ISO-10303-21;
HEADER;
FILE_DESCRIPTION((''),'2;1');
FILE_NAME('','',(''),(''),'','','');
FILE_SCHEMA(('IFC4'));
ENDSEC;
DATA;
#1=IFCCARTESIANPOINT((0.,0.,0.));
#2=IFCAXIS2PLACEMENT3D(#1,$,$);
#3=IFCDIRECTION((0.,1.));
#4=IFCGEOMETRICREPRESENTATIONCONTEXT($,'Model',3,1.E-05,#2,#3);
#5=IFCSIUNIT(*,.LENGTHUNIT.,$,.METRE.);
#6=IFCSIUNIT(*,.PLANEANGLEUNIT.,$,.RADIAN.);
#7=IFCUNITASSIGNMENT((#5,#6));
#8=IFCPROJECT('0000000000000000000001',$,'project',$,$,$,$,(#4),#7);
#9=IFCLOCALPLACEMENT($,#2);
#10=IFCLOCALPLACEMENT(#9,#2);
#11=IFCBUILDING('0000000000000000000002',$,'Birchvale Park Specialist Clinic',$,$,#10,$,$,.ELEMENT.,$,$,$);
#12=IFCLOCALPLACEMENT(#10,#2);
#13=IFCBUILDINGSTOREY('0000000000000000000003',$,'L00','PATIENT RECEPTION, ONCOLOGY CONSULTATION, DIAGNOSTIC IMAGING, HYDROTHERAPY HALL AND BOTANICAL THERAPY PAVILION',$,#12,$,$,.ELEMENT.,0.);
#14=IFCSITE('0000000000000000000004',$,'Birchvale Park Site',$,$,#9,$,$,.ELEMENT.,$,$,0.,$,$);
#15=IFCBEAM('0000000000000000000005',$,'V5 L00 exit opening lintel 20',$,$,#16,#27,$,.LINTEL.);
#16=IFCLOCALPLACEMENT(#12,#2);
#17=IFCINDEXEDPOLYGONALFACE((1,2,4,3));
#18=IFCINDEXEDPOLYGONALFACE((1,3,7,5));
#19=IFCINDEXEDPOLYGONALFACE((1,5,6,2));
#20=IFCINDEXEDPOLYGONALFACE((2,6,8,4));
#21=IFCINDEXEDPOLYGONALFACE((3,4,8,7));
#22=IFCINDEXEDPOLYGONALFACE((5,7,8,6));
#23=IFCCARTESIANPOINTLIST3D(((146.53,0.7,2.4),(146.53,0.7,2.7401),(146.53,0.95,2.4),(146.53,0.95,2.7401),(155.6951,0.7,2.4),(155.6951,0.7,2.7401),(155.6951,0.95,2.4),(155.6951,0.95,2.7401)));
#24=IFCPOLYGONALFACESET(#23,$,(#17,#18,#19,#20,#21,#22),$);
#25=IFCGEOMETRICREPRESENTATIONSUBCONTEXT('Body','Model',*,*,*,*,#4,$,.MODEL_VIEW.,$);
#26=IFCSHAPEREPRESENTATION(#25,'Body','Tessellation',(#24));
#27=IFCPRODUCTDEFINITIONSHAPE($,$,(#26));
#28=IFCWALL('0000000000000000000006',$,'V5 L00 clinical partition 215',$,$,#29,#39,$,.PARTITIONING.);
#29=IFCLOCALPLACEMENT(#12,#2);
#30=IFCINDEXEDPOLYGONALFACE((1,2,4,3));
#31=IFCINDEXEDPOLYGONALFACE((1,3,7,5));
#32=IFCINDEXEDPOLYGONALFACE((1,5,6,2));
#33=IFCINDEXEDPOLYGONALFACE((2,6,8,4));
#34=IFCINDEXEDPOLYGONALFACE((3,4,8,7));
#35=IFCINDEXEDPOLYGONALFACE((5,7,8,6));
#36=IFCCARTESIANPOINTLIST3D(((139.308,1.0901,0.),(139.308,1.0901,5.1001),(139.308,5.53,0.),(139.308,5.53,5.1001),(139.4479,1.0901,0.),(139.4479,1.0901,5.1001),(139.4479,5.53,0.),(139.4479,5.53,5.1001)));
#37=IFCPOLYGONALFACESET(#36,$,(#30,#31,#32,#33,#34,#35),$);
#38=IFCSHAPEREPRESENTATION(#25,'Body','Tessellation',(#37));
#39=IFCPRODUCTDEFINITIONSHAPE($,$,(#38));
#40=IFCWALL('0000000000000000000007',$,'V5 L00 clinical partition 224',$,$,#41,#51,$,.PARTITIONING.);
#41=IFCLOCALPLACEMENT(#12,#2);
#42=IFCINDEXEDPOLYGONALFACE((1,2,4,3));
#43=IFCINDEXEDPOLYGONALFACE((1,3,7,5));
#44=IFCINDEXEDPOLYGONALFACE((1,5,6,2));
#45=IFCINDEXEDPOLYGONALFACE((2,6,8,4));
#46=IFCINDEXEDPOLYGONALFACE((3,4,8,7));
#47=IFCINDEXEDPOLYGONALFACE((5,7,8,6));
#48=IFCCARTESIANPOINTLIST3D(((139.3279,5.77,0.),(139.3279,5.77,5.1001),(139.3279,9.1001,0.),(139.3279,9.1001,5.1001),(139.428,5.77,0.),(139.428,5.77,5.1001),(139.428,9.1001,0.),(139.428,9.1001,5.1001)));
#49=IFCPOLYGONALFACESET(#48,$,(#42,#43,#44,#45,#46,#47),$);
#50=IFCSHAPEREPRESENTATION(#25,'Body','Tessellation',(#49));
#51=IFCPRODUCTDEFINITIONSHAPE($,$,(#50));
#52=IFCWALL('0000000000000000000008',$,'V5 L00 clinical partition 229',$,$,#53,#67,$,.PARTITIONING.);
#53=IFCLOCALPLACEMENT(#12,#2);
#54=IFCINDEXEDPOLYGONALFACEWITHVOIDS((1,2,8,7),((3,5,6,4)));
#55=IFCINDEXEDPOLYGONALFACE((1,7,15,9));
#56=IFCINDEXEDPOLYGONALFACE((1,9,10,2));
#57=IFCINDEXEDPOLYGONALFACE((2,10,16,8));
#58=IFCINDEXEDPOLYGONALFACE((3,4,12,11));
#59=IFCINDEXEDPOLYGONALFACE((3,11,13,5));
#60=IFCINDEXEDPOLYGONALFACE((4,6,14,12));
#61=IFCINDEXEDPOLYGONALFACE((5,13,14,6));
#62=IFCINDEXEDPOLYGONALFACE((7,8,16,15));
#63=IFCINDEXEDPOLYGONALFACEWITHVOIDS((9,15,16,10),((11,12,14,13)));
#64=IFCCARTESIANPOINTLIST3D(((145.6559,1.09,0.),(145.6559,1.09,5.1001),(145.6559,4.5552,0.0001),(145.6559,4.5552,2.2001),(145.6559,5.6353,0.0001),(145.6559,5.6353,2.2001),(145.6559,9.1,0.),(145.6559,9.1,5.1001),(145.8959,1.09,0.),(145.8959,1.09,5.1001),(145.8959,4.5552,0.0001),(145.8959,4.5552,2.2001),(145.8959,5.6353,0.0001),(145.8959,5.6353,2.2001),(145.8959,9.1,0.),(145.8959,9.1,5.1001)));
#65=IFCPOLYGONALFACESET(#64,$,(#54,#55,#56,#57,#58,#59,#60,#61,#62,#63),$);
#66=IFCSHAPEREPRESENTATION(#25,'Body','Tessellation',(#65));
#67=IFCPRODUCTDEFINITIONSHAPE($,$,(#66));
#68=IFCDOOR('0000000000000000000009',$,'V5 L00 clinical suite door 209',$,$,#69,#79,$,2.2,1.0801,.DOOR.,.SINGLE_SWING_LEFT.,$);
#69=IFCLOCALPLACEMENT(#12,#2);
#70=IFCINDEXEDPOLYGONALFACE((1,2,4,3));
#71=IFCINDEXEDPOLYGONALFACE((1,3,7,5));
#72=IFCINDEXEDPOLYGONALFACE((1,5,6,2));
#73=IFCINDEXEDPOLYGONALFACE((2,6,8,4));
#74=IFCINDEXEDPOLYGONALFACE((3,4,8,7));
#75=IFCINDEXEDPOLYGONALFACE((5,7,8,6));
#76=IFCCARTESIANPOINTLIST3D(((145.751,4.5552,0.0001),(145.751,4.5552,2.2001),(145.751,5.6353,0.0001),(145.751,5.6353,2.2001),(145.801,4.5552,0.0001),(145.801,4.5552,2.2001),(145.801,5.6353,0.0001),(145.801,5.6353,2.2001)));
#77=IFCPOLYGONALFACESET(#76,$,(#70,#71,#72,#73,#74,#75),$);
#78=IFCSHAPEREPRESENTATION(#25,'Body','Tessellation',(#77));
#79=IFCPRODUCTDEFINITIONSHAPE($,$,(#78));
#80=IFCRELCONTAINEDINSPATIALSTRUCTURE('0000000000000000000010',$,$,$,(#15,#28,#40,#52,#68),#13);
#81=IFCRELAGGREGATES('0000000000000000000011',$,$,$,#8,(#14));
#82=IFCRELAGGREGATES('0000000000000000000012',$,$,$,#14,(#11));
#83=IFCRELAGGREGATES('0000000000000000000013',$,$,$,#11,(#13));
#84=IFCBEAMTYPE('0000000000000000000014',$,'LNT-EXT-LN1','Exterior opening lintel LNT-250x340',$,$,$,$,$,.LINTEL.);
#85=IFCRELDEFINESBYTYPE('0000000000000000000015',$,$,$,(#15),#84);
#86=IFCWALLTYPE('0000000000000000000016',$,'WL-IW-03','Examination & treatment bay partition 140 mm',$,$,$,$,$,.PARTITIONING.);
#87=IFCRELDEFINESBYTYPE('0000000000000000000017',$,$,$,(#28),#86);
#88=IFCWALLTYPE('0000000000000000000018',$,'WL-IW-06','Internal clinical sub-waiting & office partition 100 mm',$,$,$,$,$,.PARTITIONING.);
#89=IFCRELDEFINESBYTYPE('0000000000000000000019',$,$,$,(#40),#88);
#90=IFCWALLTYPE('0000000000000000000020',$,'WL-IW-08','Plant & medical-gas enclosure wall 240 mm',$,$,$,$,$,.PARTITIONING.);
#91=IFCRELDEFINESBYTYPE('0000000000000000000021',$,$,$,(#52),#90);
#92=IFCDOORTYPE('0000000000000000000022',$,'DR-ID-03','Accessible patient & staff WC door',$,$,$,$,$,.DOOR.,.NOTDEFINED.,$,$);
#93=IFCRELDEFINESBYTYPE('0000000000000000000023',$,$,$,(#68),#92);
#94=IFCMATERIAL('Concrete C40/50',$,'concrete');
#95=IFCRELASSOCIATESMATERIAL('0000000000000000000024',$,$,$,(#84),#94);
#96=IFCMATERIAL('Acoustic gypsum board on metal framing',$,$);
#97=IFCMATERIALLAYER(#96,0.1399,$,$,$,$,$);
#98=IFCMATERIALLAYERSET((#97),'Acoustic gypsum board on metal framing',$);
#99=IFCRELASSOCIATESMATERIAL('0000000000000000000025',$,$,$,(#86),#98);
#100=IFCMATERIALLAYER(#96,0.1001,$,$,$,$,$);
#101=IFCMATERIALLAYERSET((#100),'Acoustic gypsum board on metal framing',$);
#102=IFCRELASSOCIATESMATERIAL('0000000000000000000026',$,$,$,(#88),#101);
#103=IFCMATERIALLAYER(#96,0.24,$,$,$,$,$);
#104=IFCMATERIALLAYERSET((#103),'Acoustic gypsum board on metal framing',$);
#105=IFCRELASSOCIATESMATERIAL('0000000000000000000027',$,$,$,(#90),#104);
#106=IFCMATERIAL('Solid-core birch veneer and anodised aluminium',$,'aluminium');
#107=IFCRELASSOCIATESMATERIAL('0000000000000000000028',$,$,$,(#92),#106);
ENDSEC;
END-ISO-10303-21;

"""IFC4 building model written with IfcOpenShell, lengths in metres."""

from ifc_helpers import new_model, si_unit, direction, frame, frame_2d, origin, origin_2d, place, context, subcontext, project, spatial, rectangle, extrude, material, layer, layer_set, material_profile, profile_set, type_object, element, fill, save


model = new_model("IFC4")

# Units and contexts
model_context = context("Model", 3, precision=1e-05, world=origin(), true_north=direction((0.0, 1.0)))
body_context = subcontext(model_context, "Body", "Model", "MODEL_VIEW")
ifc_project = project(units=[si_unit("LENGTHUNIT", "METRE"), si_unit("PLANEANGLEUNIT", "RADIAN")], contexts=[model_context])

# Site, building, storey
site_placement = place(None, origin())
site = spatial("IfcSite", under=ifc_project, at=site_placement, Name="Birchvale Park Site", CompositionType="ELEMENT", RefElevation=0.0)
building_placement = place(site_placement, origin())
building = spatial("IfcBuilding", under=site, at=building_placement, Name="Birchvale Park Specialist Clinic", CompositionType="ELEMENT")
storey_placement = place(building_placement, origin())
storey = spatial("IfcBuildingStorey", under=building, at=storey_placement, Name="L00", Description="PATIENT RECEPTION, ONCOLOGY CONSULTATION, DIAGNOSTIC IMAGING, HYDROTHERAPY HALL AND BOTANICAL THERAPY PAVILION", CompositionType="ELEMENT", Elevation=0.0)

# Shared definitions
ifc_material_1 = material(Name="Concrete C40/50", Category="concrete")

# Beam
ifc_material_profile_1 = material_profile(ifc_material_1, rectangle(XDim=0.25, YDim=0.3401, at=origin_2d()), Name="LNT-250x340")
ifc_profile_set_1 = profile_set([ifc_material_profile_1], Name="Concrete C40/50")
beam_type = type_object("IfcBeamType", Name="LNT-EXT-LN1", Description="Exterior opening lintel LNT-250x340", PredefinedType="LINTEL", material=ifc_profile_set_1)
beam_placement = place(storey_placement, frame((146.53, 0.825, 2.5701), z_axis=(1.0, 0.0, 0.0), x_axis=(0.0, 1.0, 0.0)))
element("IfcBeam", 1, at=beam_placement, inside=storey, type_object=beam_type, Name="V5 L00 exit opening lintel 20", PredefinedType="LINTEL", context=body_context, shape_type="SweptSolid", body=[
    extrude(rectangle(XDim=0.25, YDim=0.3401, at=origin_2d()), origin(), (0.0, 0.0, 1.0), 9.165),
])

# Walls
ifc_material_2 = material(Name="Acoustic gypsum board on metal framing")
ifc_layer_1 = layer(ifc_material_2, 0.1399)
ifc_layer_set_1 = layer_set([ifc_layer_1], Name="Acoustic gypsum board on metal framing")
wall_type_1 = type_object("IfcWallType", Name="WL-IW-03", Description="Examination & treatment bay partition 140 mm", PredefinedType="PARTITIONING", material=ifc_layer_set_1)
wall_1_placement = place(storey_placement, frame((139.3779, 5.53, 0.0), z_axis=(0.0, 0.0, 1.0), x_axis=(0.0, -1.0, 0.0)))
element("IfcWall", 2, at=wall_1_placement, inside=storey, type_object=wall_type_1, Name="V5 L00 clinical partition 215", PredefinedType="PARTITIONING", context=body_context, shape_type="SweptSolid", body=[
    extrude(rectangle(XDim=4.4399, YDim=0.1399, at=frame_2d((2.22, 0.0))), origin(), (0.0, 0.0, 1.0), 5.1001),
])
ifc_layer_2 = layer(ifc_material_2, 0.1001)
ifc_layer_set_2 = layer_set([ifc_layer_2], Name="Acoustic gypsum board on metal framing")
wall_type_2 = type_object("IfcWallType", Name="WL-IW-06", Description="Internal clinical sub-waiting & office partition 100 mm", PredefinedType="PARTITIONING", material=ifc_layer_set_2)
wall_2_placement = place(storey_placement, frame((139.3779, 9.1001, 0.0), z_axis=(0.0, 0.0, 1.0), x_axis=(0.0, -1.0, 0.0)))
element("IfcWall", 3, at=wall_2_placement, inside=storey, type_object=wall_type_2, Name="V5 L00 clinical partition 224", PredefinedType="PARTITIONING", context=body_context, shape_type="SweptSolid", body=[
    extrude(rectangle(XDim=3.3301, YDim=0.1001, at=frame_2d((1.665, 0.0))), origin(), (0.0, 0.0, 1.0), 5.1001),
])

# Wall, opening, door
ifc_layer_3 = layer(ifc_material_2, 0.24)
ifc_layer_set_3 = layer_set([ifc_layer_3], Name="Acoustic gypsum board on metal framing")
wall_type_3 = type_object("IfcWallType", Name="WL-IW-08", Description="Plant & medical-gas enclosure wall 240 mm", PredefinedType="PARTITIONING", material=ifc_layer_set_3)
wall_3_placement = place(storey_placement, frame((145.7759, 1.0901, 0.0), z_axis=(0.0, 0.0, 1.0), x_axis=(0.0, 1.0, 0.0)))
wall_3 = element("IfcWall", 4, at=wall_3_placement, inside=storey, type_object=wall_type_3, Name="V5 L00 clinical partition 229", PredefinedType="PARTITIONING", context=body_context, shape_type="SweptSolid", body=[
    extrude(rectangle(XDim=8.01, YDim=0.24, at=frame_2d((4.0049, 0.0))), origin(), (0.0, 0.0, 1.0), 5.1001),
])
opening_placement = place(wall_3_placement, frame((3.4651, 0.0, 0.0)))
opening = element("IfcOpeningElement", 5, at=opening_placement, cuts=wall_3, PredefinedType="OPENING", context=body_context, shape_type="SweptSolid", body=[
    extrude(rectangle(XDim=1.0801, YDim=2.2, at=frame_2d((0.54, 1.1001))), frame((0.0, 0.1299, 0.0), z_axis=(0.0, -1.0, 0.0), x_axis=(1.0, 0.0, 0.0)), (0.0, 0.0, 1.0), 0.26),
])
ifc_material_3 = material(Name="Solid-core birch veneer and anodised aluminium", Category="aluminium")
door_type = type_object("IfcDoorType", Name="DR-ID-03", Description="Accessible patient & staff WC door", OperationType="NOTDEFINED", PredefinedType="DOOR", material=ifc_material_3)
door_placement = place(opening_placement, origin())
door = element("IfcDoor", 6, at=door_placement, inside=storey, type_object=door_type, Name="V5 L00 clinical suite door 209", OperationType="SINGLE_SWING_LEFT", OverallHeight=2.2, OverallWidth=1.0801, PredefinedType="DOOR", context=body_context, shape_type="SweptSolid", body=[
    extrude(rectangle(XDim=1.0801, YDim=2.2, at=frame_2d((0.54, 1.1001))), frame((0.0, 0.0249, 0.0), z_axis=(0.0, -1.0, 0.0), x_axis=(1.0, 0.0, 0.0)), (0.0, 0.0, 1.0), 0.05),
])
fill(opening, door)

save(model, "model.ifc")
